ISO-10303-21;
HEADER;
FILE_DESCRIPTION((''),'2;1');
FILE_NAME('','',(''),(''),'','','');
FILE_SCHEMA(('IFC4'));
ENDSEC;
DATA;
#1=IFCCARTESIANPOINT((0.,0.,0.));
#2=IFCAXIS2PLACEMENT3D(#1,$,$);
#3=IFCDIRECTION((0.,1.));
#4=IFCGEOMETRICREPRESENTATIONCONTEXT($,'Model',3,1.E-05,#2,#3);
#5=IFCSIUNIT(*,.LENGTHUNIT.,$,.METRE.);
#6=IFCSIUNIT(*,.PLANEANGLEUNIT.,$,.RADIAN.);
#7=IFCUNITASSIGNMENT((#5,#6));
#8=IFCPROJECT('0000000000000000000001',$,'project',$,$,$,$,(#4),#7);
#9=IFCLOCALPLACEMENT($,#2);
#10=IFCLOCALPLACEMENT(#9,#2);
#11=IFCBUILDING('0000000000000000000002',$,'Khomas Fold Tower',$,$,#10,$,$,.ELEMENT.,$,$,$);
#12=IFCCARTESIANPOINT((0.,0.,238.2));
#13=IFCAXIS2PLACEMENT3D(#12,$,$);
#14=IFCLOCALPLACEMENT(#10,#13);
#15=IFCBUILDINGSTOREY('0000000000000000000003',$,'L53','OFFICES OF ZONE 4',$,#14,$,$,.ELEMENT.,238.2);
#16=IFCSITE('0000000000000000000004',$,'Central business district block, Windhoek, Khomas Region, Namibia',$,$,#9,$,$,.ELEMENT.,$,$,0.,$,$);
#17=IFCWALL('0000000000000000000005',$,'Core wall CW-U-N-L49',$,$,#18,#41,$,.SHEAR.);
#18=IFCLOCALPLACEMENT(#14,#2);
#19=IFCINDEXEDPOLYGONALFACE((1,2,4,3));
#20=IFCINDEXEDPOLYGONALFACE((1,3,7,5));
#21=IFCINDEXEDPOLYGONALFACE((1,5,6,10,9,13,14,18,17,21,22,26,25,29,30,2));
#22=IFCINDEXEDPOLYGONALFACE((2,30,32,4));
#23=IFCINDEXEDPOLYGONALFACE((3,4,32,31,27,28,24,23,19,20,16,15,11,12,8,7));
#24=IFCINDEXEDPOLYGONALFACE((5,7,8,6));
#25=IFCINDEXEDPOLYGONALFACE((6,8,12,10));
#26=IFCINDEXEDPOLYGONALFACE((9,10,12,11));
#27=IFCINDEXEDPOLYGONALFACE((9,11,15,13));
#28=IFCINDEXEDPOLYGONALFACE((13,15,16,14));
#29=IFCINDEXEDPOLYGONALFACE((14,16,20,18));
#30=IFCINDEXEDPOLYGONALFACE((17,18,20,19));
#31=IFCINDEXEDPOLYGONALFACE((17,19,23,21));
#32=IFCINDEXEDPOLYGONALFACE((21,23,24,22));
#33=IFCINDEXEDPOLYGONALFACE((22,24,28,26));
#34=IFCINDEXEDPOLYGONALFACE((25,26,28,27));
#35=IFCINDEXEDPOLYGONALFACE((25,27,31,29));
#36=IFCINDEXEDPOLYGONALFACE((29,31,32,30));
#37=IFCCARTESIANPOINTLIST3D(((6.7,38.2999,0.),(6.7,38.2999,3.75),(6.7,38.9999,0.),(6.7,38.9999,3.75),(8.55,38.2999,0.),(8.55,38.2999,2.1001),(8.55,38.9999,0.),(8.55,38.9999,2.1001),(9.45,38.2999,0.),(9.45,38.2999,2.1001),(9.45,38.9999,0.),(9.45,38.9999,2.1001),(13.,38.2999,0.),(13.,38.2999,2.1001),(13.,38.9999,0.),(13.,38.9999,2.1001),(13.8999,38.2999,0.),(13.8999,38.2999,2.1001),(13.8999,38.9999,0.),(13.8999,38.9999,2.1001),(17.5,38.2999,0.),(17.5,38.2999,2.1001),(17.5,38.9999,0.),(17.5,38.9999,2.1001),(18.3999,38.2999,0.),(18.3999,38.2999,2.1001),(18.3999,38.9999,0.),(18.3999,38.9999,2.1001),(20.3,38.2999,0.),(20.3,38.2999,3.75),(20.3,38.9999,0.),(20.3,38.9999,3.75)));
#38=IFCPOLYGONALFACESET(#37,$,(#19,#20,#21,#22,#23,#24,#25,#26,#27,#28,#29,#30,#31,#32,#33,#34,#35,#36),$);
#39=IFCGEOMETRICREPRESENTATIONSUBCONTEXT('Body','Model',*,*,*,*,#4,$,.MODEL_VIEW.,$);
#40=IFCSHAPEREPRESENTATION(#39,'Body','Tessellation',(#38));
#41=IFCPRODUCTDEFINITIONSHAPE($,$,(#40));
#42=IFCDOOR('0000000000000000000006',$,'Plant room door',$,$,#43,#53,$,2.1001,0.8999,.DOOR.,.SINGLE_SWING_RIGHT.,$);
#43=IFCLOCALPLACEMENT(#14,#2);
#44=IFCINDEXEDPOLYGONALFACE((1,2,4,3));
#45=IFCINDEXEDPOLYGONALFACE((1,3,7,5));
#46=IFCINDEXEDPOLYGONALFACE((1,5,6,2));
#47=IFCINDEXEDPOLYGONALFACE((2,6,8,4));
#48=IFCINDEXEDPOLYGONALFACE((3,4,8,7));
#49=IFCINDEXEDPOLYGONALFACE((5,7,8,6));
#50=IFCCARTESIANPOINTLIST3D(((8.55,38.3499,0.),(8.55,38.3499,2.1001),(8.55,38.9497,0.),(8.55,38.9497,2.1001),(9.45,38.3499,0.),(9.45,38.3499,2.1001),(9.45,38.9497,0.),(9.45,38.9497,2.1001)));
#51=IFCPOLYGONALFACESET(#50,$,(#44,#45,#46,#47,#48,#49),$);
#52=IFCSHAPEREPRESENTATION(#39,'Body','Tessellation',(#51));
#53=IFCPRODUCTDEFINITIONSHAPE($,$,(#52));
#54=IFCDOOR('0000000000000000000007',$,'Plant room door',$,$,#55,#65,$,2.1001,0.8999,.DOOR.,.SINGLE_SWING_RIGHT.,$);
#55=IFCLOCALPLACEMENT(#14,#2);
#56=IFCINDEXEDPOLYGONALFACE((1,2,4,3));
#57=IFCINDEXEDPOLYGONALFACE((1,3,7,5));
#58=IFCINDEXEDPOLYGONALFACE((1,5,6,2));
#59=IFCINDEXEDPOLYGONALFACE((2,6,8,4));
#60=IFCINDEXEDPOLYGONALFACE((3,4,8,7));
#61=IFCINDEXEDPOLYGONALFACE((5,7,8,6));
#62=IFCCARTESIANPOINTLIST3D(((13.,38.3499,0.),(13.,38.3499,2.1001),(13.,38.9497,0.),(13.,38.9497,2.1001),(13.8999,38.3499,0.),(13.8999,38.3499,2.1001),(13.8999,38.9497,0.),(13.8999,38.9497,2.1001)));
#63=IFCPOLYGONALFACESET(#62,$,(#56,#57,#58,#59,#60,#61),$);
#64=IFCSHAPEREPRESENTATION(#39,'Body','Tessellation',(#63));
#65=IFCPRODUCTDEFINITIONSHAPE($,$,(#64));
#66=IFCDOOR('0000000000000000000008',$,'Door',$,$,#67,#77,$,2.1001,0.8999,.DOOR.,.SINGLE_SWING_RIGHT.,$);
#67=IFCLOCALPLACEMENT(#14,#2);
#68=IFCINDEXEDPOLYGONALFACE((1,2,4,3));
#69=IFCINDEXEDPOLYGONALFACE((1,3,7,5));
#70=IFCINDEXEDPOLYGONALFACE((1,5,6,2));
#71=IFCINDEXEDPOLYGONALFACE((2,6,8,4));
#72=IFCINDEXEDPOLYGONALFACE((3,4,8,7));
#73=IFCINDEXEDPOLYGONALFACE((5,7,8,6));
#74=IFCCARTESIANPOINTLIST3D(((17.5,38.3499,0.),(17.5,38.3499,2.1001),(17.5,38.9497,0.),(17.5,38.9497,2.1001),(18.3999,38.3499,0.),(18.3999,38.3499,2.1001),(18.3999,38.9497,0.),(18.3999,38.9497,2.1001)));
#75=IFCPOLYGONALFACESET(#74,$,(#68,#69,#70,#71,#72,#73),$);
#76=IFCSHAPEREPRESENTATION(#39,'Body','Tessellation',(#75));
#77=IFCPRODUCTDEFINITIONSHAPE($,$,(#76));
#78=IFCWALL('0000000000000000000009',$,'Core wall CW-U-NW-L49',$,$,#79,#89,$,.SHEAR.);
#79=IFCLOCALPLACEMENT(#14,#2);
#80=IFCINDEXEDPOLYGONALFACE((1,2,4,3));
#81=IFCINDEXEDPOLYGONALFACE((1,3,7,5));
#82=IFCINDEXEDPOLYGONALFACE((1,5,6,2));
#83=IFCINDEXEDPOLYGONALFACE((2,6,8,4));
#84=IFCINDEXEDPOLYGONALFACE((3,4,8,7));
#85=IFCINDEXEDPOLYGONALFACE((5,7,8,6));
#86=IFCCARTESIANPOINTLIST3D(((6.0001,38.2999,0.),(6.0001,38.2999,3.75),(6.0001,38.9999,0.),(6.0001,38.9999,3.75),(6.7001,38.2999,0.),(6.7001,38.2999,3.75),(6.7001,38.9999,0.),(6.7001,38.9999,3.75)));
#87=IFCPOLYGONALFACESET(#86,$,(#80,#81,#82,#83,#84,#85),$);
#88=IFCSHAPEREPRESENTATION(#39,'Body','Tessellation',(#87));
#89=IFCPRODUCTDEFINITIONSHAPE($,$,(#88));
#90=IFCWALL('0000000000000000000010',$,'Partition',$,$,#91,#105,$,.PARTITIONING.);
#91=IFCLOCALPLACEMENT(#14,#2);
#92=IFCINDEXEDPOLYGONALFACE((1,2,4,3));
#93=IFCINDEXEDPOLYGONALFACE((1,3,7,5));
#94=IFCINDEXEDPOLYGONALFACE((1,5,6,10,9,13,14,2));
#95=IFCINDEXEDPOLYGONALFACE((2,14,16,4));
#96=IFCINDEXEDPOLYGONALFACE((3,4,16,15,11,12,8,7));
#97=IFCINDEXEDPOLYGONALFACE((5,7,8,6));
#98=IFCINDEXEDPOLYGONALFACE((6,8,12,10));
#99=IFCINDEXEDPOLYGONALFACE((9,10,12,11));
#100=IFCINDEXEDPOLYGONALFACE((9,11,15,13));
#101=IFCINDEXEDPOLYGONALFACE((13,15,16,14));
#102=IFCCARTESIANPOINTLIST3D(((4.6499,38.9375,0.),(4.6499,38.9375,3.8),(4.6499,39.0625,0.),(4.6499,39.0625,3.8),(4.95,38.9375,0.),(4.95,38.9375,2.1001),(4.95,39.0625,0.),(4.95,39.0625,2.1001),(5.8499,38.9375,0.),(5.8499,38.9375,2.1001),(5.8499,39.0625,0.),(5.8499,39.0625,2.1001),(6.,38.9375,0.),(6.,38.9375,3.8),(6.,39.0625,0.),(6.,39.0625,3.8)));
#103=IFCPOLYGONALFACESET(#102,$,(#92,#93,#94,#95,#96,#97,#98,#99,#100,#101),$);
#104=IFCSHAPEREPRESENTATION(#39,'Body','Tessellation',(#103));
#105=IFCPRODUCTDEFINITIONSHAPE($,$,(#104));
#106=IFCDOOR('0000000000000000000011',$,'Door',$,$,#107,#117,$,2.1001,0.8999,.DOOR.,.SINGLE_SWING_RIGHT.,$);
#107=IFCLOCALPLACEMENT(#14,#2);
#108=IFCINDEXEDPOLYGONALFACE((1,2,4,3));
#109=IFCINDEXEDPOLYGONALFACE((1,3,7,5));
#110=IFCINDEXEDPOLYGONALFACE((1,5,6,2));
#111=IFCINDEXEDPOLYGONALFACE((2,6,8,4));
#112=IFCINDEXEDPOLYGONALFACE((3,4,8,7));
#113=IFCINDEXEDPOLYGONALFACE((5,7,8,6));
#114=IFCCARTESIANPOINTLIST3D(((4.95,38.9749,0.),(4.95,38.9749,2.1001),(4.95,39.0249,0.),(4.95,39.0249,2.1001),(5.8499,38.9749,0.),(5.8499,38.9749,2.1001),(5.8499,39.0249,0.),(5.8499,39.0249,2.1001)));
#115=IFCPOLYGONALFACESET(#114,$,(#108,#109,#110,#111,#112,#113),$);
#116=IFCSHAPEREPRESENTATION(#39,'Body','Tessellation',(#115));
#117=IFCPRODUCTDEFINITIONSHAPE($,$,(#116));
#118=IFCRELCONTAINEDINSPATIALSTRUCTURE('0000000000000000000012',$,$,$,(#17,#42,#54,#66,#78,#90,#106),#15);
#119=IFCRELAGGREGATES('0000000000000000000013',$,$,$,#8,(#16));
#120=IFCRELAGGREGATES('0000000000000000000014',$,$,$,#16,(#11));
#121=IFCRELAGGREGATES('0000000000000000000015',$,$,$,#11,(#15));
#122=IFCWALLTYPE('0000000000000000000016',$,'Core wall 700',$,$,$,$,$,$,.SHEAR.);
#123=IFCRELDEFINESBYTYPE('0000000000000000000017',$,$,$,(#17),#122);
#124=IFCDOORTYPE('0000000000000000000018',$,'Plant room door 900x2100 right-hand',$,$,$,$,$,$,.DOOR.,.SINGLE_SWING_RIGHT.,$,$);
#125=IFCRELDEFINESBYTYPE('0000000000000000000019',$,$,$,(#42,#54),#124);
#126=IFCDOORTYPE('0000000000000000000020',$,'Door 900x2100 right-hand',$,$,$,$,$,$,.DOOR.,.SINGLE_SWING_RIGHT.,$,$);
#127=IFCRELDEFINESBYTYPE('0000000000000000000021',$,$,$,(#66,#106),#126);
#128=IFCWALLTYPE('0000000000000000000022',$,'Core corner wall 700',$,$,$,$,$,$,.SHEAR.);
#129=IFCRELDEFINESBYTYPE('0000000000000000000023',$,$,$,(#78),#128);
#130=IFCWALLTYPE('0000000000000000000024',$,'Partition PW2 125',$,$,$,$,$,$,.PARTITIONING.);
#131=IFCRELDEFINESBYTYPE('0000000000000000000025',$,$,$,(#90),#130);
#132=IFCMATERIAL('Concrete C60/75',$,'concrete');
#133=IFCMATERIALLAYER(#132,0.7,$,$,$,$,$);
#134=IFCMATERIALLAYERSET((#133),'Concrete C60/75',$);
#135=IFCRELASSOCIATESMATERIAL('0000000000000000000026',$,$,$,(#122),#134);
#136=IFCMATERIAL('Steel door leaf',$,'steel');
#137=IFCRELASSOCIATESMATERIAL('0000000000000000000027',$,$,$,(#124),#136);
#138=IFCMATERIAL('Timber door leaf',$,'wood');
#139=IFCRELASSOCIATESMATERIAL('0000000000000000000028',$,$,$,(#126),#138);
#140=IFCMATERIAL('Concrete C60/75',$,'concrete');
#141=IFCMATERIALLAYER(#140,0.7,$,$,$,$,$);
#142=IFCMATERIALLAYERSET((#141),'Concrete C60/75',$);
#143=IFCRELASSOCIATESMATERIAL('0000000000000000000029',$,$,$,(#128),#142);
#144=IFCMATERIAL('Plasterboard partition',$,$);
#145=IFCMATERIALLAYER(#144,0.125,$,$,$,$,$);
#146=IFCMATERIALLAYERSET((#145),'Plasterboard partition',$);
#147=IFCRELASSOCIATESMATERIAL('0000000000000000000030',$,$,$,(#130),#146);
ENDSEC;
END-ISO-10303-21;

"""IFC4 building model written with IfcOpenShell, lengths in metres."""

from ifc_helpers import new_model, si_unit, direction, frame, frame_2d, origin, place, context, subcontext, project, spatial, rectangle, extrude, source, transform, mapped, material, layer, layer_set, type_object, element, fill, save


model = new_model("IFC4")

# Units and contexts
model_context = context("Model", 3, precision=1e-05, world=origin(), true_north=direction((0.0, 1.0)))
body_context = subcontext(model_context, "Body", "Model", "MODEL_VIEW")
ifc_project = project(units=[si_unit("LENGTHUNIT", "METRE"), si_unit("PLANEANGLEUNIT", "RADIAN")], contexts=[model_context])

# Site, building, storey
site_placement = place(None, origin())
site = spatial("IfcSite", under=ifc_project, at=site_placement, Name="Central business district block, Windhoek, Khomas Region, Namibia", CompositionType="ELEMENT", RefElevation=0.0)
building_placement = place(site_placement, origin())
building = spatial("IfcBuilding", under=site, at=building_placement, Name="Khomas Fold Tower", CompositionType="ELEMENT")
storey_placement = place(building_placement, frame((0.0, 0.0, 238.2)))
storey = spatial("IfcBuildingStorey", under=building, at=storey_placement, Name="L53", Description="OFFICES OF ZONE 4", CompositionType="ELEMENT", Elevation=238.2)

# Wall, openings, doors
ifc_material_1 = material(Name="Concrete C60/75", Category="concrete")
ifc_layer_1 = layer(ifc_material_1, 0.7)
ifc_layer_set_1 = layer_set([ifc_layer_1], Name="Concrete C60/75")
wall_type_1 = type_object("IfcWallType", Name="Core wall 700", PredefinedType="SHEAR", material=ifc_layer_set_1)
shared_shape_1 = source(origin(), body_context, "Body", "SweptSolid", [
    extrude(rectangle(XDim=13.6001, YDim=0.7, at=frame_2d((6.8, 0.0))), origin(), (0.0, 0.0, 1.0), 3.75),
])
wall_1_placement = place(storey_placement, frame((6.7, 38.6499, 0.0), z_axis=(0.0, 0.0, 1.0), x_axis=(1.0, 0.0, 0.0)))
wall_1 = element("IfcWall", 1, at=wall_1_placement, inside=storey, type_object=wall_type_1, Name="Core wall CW-U-N-L49", PredefinedType="SHEAR", context=body_context, shape_type="MappedRepresentation", body=[
    mapped(shared_shape_1, transform((0.0, 0.0, 0.0))),
])
shared_shape_2 = source(origin(), body_context, "Body", "SweptSolid", [
    extrude(rectangle(XDim=0.8999, YDim=2.1001, at=frame_2d((0.45, 1.05))), frame((0.0, 0.3599, 0.0), z_axis=(0.0, -1.0, 0.0), x_axis=(1.0, 0.0, 0.0)), (0.0, 0.0, 1.0), 0.72),
])
opening_1_placement = place(wall_1_placement, frame((1.8501, 0.0, 0.0)))
opening_1 = element("IfcOpeningElement", 2, at=opening_1_placement, cuts=wall_1, PredefinedType="OPENING", context=body_context, shape_type="MappedRepresentation", body=[
    mapped(shared_shape_2, transform((0.0, 0.0, 0.0))),
])
opening_2_placement = place(wall_1_placement, frame((6.3, 0.0, 0.0)))
opening_2 = element("IfcOpeningElement", 3, at=opening_2_placement, cuts=wall_1, PredefinedType="OPENING", context=body_context, shape_type="MappedRepresentation", body=[
    mapped(shared_shape_2, transform((0.0, 0.0, 0.0))),
])
opening_3_placement = place(wall_1_placement, frame((10.8, 0.0, 0.0)))
opening_3 = element("IfcOpeningElement", 4, at=opening_3_placement, cuts=wall_1, PredefinedType="OPENING", context=body_context, shape_type="MappedRepresentation", body=[
    mapped(shared_shape_2, transform((0.0, 0.0, 0.0))),
])
ifc_material_2 = material(Name="Steel door leaf", Category="steel")
door_type_1 = type_object("IfcDoorType", Name="Plant room door 900x2100 right-hand", OperationType="SINGLE_SWING_RIGHT", PredefinedType="DOOR", material=ifc_material_2)
shared_shape_3 = source(origin(), body_context, "Body", "SweptSolid", [
    extrude(rectangle(XDim=0.8999, YDim=2.1001, at=frame_2d((0.45, 1.05))), frame((0.0, 0.2998, 0.0), z_axis=(0.0, -1.0, 0.0), x_axis=(1.0, 0.0, 0.0)), (0.0, 0.0, 1.0), 0.5999),
])
door_1_placement = place(opening_1_placement, origin())
door_1 = element("IfcDoor", 5, at=door_1_placement, inside=storey, type_object=door_type_1, Name="Plant room door", OperationType="SINGLE_SWING_RIGHT", OverallHeight=2.1001, OverallWidth=0.8999, PredefinedType="DOOR", context=body_context, shape_type="MappedRepresentation", body=[
    mapped(shared_shape_3, transform((0.0, 0.0, 0.0))),
])
fill(opening_1, door_1)
door_2_placement = place(opening_2_placement, origin())
door_2 = element("IfcDoor", 6, at=door_2_placement, inside=storey, type_object=door_type_1, Name="Plant room door", OperationType="SINGLE_SWING_RIGHT", OverallHeight=2.1001, OverallWidth=0.8999, PredefinedType="DOOR", context=body_context, shape_type="MappedRepresentation", body=[
    mapped(shared_shape_3, transform((0.0, 0.0, 0.0))),
])
fill(opening_2, door_2)
ifc_material_3 = material(Name="Timber door leaf", Category="wood")
door_type_2 = type_object("IfcDoorType", Name="Door 900x2100 right-hand", OperationType="SINGLE_SWING_RIGHT", PredefinedType="DOOR", material=ifc_material_3)
door_3_placement = place(opening_3_placement, origin())
door_3 = element("IfcDoor", 7, at=door_3_placement, inside=storey, type_object=door_type_2, Name="Door", OperationType="SINGLE_SWING_RIGHT", OverallHeight=2.1001, OverallWidth=0.8999, PredefinedType="DOOR", context=body_context, shape_type="MappedRepresentation", body=[
    mapped(shared_shape_3, transform((0.0, 0.0, 0.0))),
])
fill(opening_3, door_3)

# Wall
ifc_material_4 = material(Name="Concrete C60/75", Category="concrete")
ifc_layer_2 = layer(ifc_material_4, 0.7)
ifc_layer_set_2 = layer_set([ifc_layer_2], Name="Concrete C60/75")
wall_type_2 = type_object("IfcWallType", Name="Core corner wall 700", PredefinedType="SHEAR", material=ifc_layer_set_2)
shared_shape_4 = source(origin(), body_context, "Body", "SweptSolid", [
    extrude(rectangle(XDim=0.7, YDim=0.7, at=frame_2d((0.3501, 0.0))), origin(), (0.0, 0.0, 1.0), 3.75),
])
wall_2_placement = place(storey_placement, frame((6.0, 38.6499, 0.0), z_axis=(0.0, 0.0, 1.0), x_axis=(1.0, 0.0, 0.0)))
element("IfcWall", 8, at=wall_2_placement, inside=storey, type_object=wall_type_2, Name="Core wall CW-U-NW-L49", PredefinedType="SHEAR", context=body_context, shape_type="MappedRepresentation", body=[
    mapped(shared_shape_4, transform((0.0, 0.0, 0.0))),
])

# Wall, opening, door
ifc_material_5 = material(Name="Plasterboard partition")
ifc_layer_3 = layer(ifc_material_5, 0.125)
ifc_layer_set_3 = layer_set([ifc_layer_3], Name="Plasterboard partition")
wall_type_3 = type_object("IfcWallType", Name="Partition PW2 125", PredefinedType="PARTITIONING", material=ifc_layer_set_3)
shared_shape_5 = source(origin(), body_context, "Body", "SweptSolid", [
    extrude(rectangle(XDim=1.3501, YDim=0.125, at=frame_2d((0.675, 0.0))), origin(), (0.0, 0.0, 1.0), 3.8),
])
wall_3_placement = place(storey_placement, frame((4.6499, 39.0, 0.0), z_axis=(0.0, 0.0, 1.0), x_axis=(1.0, 0.0, 0.0)))
wall_3 = element("IfcWall", 9, at=wall_3_placement, inside=storey, type_object=wall_type_3, Name="Partition", PredefinedType="PARTITIONING", context=body_context, shape_type="MappedRepresentation", body=[
    mapped(shared_shape_5, transform((0.0, 0.0, 0.0))),
])
shared_shape_6 = source(origin(), body_context, "Body", "SweptSolid", [
    extrude(rectangle(XDim=0.8999, YDim=2.1001, at=frame_2d((0.45, 1.05))), frame((0.0, 0.0725, 0.0), z_axis=(0.0, -1.0, 0.0), x_axis=(1.0, 0.0, 0.0)), (0.0, 0.0, 1.0), 0.145),
])
opening_4_placement = place(wall_3_placement, frame((0.3, 0.0, 0.0)))
opening_4 = element("IfcOpeningElement", 10, at=opening_4_placement, cuts=wall_3, PredefinedType="OPENING", context=body_context, shape_type="MappedRepresentation", body=[
    mapped(shared_shape_6, transform((0.0, 0.0, 0.0))),
])
shared_shape_7 = source(origin(), body_context, "Body", "SweptSolid", [
    extrude(rectangle(XDim=0.8999, YDim=2.1001, at=frame_2d((0.45, 1.05))), frame((0.0, 0.0249, 0.0), z_axis=(0.0, -1.0, 0.0), x_axis=(1.0, 0.0, 0.0)), (0.0, 0.0, 1.0), 0.05),
])
door_4_placement = place(opening_4_placement, origin())
door_4 = element("IfcDoor", 11, at=door_4_placement, inside=storey, type_object=door_type_2, Name="Door", OperationType="SINGLE_SWING_RIGHT", OverallHeight=2.1001, OverallWidth=0.8999, PredefinedType="DOOR", context=body_context, shape_type="MappedRepresentation", body=[
    mapped(shared_shape_7, transform((0.0, 0.0, 0.0))),
])
fill(opening_4, door_4)

save(model, "model.ifc")
